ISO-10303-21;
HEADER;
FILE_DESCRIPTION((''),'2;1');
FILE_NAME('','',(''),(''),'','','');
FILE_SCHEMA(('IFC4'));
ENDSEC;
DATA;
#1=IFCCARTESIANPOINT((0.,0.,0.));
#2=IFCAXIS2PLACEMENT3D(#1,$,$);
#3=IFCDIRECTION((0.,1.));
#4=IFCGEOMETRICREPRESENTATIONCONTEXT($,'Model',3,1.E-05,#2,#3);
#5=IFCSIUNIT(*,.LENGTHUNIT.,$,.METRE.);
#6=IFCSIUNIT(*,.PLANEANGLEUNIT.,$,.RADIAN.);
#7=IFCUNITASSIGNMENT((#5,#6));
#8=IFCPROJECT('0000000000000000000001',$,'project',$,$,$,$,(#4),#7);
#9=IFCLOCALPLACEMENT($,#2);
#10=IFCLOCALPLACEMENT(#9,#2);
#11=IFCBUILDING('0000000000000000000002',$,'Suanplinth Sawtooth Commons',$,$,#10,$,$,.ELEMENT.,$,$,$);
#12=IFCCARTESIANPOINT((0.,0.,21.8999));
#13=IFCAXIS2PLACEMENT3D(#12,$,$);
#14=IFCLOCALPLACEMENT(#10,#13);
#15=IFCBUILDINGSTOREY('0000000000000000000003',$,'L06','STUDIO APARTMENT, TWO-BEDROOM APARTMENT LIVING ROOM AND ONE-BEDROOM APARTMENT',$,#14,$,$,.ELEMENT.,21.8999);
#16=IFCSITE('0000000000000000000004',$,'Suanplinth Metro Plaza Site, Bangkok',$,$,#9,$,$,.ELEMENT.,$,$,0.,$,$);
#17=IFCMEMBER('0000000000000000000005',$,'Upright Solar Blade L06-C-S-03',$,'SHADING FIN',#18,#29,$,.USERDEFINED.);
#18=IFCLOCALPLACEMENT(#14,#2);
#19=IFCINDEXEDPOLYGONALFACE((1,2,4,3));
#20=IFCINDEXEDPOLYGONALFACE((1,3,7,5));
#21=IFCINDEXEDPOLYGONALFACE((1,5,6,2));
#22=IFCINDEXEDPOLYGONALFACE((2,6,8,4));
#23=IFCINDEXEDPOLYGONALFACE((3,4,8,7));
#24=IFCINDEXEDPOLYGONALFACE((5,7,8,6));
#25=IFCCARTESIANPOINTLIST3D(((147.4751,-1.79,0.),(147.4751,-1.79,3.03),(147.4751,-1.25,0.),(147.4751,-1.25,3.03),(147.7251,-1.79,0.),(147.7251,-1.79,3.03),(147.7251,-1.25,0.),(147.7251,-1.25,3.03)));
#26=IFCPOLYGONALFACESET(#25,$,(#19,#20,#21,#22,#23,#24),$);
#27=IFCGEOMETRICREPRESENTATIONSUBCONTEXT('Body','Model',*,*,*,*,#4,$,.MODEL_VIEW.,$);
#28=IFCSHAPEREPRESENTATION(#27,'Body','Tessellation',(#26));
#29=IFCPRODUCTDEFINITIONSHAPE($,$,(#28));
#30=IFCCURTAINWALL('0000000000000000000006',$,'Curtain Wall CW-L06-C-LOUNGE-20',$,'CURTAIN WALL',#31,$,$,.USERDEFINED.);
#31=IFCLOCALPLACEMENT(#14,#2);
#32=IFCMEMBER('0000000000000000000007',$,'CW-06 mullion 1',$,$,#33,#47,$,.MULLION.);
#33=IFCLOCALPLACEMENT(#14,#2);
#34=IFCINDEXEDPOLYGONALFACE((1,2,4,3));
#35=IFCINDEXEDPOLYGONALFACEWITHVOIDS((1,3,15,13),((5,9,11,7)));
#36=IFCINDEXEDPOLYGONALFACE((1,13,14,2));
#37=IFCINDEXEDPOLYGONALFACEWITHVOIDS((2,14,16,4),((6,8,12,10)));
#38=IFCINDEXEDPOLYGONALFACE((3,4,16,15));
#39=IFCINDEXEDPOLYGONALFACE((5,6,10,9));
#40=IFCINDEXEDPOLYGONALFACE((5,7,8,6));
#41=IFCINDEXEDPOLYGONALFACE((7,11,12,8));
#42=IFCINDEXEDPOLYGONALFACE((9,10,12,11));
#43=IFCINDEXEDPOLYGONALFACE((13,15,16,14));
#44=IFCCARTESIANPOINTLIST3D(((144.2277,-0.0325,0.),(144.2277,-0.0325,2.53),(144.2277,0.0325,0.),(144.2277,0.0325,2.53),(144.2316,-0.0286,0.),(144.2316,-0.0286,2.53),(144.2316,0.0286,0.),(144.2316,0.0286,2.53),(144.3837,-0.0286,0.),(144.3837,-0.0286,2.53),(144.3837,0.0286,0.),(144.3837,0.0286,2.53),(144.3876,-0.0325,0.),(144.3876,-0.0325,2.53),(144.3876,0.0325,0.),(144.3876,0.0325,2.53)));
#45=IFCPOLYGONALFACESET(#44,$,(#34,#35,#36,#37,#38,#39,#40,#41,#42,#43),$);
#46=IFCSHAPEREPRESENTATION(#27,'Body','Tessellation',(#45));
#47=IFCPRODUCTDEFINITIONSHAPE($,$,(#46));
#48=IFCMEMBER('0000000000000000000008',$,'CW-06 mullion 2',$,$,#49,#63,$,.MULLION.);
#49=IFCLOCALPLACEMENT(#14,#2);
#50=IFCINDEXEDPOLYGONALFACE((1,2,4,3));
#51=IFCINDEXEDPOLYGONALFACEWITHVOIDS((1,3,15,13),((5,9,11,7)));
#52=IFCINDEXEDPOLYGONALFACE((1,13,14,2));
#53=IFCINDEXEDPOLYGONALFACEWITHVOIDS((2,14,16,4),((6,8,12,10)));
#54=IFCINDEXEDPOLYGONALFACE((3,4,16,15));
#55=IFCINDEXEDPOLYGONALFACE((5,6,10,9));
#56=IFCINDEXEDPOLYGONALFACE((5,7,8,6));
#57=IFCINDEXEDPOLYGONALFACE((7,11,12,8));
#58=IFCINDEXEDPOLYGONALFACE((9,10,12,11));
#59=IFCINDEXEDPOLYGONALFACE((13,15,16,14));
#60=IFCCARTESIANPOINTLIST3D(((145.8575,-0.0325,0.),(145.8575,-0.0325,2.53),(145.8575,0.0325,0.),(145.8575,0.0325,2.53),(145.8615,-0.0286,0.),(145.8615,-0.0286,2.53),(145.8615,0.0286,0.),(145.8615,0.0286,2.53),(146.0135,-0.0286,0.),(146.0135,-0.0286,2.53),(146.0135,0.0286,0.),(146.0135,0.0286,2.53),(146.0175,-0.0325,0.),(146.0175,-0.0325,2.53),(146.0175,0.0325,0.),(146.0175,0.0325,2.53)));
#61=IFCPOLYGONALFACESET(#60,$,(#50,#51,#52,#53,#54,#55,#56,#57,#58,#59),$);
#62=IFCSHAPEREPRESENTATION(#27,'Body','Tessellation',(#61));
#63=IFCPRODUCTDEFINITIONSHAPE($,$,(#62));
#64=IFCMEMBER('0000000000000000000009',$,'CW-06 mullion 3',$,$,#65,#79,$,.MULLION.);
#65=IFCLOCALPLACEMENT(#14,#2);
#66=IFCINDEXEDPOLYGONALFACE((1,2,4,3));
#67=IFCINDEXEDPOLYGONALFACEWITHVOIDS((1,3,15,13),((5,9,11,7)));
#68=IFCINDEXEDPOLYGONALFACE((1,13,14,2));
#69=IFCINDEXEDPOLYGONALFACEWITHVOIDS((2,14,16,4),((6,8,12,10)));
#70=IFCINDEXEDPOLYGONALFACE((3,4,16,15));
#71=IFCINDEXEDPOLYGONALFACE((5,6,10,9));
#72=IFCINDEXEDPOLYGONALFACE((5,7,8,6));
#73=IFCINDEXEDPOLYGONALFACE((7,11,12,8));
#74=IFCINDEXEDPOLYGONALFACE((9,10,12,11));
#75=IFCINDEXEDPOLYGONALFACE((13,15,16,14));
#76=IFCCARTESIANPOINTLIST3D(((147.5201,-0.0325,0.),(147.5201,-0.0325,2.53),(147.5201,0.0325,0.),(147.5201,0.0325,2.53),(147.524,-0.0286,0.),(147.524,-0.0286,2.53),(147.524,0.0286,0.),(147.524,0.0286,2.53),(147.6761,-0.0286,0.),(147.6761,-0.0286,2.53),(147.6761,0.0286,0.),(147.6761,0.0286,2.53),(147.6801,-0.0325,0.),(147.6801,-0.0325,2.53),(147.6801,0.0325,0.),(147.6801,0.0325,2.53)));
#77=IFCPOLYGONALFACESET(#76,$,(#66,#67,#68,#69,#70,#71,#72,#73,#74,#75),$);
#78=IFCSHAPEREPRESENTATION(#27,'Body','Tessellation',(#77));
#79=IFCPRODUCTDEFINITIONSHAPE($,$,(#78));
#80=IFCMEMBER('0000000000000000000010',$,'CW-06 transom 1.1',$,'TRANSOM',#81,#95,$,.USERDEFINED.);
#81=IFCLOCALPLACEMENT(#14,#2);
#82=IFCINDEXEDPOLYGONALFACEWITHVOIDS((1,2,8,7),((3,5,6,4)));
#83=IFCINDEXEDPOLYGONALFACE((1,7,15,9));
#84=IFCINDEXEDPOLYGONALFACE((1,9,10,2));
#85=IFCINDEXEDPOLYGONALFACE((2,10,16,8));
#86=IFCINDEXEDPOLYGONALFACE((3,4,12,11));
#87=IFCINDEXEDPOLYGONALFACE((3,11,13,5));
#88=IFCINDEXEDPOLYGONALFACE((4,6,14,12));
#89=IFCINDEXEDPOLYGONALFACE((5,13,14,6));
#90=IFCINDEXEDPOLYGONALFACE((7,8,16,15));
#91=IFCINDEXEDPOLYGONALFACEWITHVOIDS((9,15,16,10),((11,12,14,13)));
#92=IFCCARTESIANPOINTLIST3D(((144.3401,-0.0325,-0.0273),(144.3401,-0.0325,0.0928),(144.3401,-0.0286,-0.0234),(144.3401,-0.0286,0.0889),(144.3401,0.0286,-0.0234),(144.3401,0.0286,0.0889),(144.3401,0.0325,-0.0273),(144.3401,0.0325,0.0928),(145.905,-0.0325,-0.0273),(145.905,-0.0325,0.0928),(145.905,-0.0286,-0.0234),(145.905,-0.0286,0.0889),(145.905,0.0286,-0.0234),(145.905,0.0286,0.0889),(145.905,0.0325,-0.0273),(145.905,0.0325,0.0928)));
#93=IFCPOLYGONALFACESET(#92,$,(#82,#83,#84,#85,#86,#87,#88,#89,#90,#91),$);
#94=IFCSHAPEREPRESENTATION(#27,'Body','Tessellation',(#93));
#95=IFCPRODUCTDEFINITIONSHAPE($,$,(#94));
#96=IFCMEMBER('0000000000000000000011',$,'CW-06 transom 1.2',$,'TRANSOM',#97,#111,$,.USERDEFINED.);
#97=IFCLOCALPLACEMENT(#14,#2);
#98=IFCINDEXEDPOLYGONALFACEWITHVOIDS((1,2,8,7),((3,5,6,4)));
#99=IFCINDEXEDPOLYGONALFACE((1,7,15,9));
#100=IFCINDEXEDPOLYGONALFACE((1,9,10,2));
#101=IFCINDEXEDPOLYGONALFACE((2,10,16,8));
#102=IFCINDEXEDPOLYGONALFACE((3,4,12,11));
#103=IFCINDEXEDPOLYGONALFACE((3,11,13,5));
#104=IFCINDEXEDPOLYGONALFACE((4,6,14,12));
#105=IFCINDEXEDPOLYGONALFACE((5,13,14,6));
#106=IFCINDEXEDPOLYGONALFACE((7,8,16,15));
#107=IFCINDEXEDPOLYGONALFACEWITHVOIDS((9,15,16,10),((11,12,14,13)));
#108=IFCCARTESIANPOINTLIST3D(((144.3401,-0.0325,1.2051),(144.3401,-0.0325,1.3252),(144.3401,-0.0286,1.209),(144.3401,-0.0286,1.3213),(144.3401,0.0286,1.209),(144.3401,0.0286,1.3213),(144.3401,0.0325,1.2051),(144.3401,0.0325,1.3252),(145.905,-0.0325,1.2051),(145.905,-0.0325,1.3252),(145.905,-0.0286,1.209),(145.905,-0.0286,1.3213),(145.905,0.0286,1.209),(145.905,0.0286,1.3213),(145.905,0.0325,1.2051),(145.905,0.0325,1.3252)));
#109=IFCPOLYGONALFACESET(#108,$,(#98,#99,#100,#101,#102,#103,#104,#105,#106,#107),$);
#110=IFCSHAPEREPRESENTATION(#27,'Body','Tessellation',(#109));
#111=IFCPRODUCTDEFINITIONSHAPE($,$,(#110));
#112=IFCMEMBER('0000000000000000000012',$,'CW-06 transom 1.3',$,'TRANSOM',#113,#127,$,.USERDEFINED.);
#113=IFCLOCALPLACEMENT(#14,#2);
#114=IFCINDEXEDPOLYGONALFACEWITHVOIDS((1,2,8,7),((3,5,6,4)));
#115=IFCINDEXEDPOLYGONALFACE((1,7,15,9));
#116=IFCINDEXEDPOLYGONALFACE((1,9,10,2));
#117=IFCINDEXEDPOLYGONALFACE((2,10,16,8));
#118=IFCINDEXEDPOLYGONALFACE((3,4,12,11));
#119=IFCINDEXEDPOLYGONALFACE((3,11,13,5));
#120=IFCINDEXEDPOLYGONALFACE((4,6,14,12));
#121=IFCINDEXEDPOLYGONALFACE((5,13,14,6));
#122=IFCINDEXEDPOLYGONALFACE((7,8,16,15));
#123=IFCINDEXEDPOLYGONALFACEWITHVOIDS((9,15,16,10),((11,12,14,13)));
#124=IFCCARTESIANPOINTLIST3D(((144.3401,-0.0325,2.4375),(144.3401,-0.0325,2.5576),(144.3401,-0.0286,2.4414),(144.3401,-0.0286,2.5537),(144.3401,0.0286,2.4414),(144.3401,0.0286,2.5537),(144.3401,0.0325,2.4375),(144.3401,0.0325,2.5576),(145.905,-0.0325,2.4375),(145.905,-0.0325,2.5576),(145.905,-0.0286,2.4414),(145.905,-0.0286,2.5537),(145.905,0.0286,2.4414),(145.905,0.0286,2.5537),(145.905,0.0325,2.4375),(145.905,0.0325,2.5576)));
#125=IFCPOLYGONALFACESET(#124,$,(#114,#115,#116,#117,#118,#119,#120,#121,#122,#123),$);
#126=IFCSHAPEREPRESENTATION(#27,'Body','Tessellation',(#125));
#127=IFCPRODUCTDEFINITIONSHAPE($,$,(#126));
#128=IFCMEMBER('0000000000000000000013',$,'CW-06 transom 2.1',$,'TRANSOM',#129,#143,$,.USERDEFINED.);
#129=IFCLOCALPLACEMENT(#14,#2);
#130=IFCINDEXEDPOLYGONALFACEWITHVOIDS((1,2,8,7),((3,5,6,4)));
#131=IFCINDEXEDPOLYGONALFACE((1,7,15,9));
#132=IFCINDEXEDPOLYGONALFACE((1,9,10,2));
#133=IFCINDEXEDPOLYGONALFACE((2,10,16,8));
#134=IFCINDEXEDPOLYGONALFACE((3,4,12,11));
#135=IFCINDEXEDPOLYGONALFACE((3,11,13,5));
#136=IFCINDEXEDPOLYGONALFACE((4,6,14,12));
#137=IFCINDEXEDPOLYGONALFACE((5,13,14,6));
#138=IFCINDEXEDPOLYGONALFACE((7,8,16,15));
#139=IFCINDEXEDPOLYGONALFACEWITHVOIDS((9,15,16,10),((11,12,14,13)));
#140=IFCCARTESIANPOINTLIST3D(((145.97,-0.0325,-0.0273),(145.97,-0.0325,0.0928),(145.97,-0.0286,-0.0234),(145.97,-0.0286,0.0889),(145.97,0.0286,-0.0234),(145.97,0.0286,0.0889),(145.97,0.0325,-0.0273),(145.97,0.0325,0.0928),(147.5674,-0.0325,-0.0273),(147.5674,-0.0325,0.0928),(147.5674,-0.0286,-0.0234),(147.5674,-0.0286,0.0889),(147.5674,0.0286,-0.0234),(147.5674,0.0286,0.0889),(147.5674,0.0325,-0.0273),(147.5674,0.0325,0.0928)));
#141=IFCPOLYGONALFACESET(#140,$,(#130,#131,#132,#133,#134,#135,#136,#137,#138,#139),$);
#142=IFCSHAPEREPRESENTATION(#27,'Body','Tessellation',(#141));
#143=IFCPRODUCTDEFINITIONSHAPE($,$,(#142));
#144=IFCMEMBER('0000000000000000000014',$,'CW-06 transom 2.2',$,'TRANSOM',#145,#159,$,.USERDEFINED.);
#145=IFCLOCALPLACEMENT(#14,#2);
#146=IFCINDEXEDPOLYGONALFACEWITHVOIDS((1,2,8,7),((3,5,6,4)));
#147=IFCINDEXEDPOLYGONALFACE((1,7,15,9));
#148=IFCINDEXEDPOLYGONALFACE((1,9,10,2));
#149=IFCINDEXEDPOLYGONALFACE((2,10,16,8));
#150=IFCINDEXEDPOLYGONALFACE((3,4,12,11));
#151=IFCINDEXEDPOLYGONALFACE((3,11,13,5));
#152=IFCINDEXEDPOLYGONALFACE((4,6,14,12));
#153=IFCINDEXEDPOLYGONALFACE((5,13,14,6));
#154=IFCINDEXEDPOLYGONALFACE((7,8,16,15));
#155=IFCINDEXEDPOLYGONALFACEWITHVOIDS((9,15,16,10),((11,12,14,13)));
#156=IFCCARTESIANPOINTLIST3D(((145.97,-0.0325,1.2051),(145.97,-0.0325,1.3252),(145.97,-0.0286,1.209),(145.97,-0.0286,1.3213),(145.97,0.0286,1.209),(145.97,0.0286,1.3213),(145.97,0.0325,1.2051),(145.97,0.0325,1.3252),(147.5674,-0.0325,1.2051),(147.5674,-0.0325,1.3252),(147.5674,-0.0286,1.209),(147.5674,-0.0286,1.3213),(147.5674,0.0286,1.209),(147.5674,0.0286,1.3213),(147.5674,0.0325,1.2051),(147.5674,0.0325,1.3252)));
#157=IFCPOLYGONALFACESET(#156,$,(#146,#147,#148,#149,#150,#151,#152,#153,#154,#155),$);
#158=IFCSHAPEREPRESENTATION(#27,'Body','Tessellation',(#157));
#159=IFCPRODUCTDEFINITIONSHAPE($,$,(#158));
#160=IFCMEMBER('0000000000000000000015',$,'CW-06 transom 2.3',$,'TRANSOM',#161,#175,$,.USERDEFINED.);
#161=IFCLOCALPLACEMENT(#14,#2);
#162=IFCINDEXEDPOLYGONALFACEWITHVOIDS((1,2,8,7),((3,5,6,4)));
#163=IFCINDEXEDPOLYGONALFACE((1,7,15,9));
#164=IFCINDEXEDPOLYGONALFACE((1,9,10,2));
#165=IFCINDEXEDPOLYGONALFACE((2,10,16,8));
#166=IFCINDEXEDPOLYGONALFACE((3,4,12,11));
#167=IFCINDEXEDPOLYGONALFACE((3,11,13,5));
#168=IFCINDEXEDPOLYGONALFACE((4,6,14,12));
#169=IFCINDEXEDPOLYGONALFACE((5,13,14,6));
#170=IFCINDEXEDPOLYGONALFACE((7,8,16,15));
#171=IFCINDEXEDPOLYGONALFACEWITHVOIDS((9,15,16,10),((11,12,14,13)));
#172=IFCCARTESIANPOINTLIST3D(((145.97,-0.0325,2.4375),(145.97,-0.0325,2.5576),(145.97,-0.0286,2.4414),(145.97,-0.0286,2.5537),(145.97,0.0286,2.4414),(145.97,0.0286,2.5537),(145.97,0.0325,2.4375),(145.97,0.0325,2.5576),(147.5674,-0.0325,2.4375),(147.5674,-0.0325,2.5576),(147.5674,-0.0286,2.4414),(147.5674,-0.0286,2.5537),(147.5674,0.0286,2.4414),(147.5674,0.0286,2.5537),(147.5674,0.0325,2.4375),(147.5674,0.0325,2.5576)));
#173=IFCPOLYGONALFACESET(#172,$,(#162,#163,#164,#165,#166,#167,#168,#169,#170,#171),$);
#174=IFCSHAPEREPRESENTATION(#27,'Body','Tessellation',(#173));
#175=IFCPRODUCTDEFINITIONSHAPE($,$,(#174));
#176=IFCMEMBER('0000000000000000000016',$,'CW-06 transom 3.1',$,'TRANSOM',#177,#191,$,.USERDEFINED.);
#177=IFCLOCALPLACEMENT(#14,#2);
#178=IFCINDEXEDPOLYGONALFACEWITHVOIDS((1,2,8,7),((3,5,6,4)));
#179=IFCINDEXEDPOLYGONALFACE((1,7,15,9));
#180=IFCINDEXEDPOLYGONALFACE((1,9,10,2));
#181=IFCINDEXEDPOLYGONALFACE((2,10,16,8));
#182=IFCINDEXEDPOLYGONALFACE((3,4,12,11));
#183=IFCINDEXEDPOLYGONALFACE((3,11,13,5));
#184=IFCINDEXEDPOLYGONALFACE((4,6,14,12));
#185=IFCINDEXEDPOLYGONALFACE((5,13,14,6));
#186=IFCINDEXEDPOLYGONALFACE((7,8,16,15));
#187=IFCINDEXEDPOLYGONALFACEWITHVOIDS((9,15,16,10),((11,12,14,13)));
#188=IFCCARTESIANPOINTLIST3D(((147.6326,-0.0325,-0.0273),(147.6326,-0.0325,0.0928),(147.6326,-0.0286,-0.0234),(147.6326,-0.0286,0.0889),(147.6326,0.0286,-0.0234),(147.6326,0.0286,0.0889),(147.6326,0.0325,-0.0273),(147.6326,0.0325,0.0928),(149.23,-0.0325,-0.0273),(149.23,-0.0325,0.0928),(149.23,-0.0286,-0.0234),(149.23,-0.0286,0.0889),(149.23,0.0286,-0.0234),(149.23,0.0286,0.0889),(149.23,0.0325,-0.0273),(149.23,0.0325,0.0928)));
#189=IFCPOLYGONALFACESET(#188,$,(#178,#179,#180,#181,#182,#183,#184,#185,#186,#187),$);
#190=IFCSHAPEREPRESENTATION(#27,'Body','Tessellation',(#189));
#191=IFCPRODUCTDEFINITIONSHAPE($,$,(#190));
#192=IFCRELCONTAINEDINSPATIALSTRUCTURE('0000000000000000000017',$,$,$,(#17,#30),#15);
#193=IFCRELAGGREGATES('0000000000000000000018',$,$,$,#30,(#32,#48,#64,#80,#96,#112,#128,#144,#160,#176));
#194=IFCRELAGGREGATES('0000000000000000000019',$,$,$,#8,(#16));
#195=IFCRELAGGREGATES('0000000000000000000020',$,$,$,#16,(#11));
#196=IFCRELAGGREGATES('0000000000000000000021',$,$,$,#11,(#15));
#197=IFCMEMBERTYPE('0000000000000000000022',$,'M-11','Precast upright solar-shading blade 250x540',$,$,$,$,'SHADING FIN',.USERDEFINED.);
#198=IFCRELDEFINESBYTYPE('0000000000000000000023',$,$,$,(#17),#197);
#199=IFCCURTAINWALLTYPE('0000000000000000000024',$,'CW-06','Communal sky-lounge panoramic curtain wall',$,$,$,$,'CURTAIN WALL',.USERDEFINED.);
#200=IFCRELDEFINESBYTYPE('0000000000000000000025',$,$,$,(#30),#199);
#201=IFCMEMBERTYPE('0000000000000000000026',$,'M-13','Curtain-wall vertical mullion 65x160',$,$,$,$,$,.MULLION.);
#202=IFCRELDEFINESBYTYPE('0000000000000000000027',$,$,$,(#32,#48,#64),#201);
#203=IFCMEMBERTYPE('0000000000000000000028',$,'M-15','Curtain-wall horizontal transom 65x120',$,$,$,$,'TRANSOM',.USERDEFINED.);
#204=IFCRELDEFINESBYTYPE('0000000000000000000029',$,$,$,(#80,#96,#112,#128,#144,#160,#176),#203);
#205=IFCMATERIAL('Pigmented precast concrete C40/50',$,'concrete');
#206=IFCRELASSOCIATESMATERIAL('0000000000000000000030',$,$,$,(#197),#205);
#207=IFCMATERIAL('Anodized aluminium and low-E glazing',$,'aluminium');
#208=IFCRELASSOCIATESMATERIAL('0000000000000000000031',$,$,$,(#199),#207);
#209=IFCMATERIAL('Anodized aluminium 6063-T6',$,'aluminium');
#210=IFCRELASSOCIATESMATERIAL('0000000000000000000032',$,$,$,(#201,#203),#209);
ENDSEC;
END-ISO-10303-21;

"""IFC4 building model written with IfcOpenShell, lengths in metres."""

from ifc_helpers import new_model, si_unit, direction, frame, origin, origin_2d, place, context, subcontext, project, spatial, rectangle, hollow_rectangle, extrude, material, material_profile, profile_set, type_object, element, aggregate, save


model = new_model("IFC4")

# Units and contexts
model_context = context("Model", 3, precision=1e-05, world=origin(), true_north=direction((0.0, 1.0)))
body_context = subcontext(model_context, "Body", "Model", "MODEL_VIEW")
ifc_project = project(units=[si_unit("LENGTHUNIT", "METRE"), si_unit("PLANEANGLEUNIT", "RADIAN")], contexts=[model_context])

# Site, building, storey
site_placement = place(None, origin())
site = spatial("IfcSite", under=ifc_project, at=site_placement, Name="Suanplinth Metro Plaza Site, Bangkok", CompositionType="ELEMENT", RefElevation=0.0)
building_placement = place(site_placement, origin())
building = spatial("IfcBuilding", under=site, at=building_placement, Name="Suanplinth Sawtooth Commons", CompositionType="ELEMENT")
storey_placement = place(building_placement, frame((0.0, 0.0, 21.8999)))
storey = spatial("IfcBuildingStorey", under=building, at=storey_placement, Name="L06", Description="STUDIO APARTMENT, TWO-BEDROOM APARTMENT LIVING ROOM AND ONE-BEDROOM APARTMENT", CompositionType="ELEMENT", Elevation=21.8999)

# Member
ifc_material_1 = material(Name="Pigmented precast concrete C40/50", Category="concrete")
ifc_material_profile_1 = material_profile(ifc_material_1, rectangle(XDim=0.25, YDim=0.54, at=origin_2d()), Name="PC-FIN 250x540")
ifc_profile_set_1 = profile_set([ifc_material_profile_1], Name="Pigmented precast concrete C40/50")
member_type_1 = type_object("IfcMemberType", Name="M-11", Description="Precast upright solar-shading blade 250x540", ElementType="SHADING FIN", PredefinedType="USERDEFINED", material=ifc_profile_set_1)
member_1_placement = place(storey_placement, frame((147.6001, -1.52, 0.0), z_axis=(0.0, 0.0, 1.0), x_axis=(1.0, 0.0, 0.0)))
element("IfcMember", 1, at=member_1_placement, inside=storey, type_object=member_type_1, Name="Upright Solar Blade L06-C-S-03", ObjectType="SHADING FIN", PredefinedType="USERDEFINED", context=body_context, shape_type="SweptSolid", body=[
    extrude(rectangle(XDim=0.25, YDim=0.54, at=origin_2d()), origin(), (0.0, 0.0, 1.0), 3.03),
])

# Curtain wall, members
ifc_material_2 = material(Name="Anodized aluminium and low-E glazing", Category="aluminium")
curtain_wall_type = type_object("IfcCurtainWallType", Name="CW-06", Description="Communal sky-lounge panoramic curtain wall", ElementType="CURTAIN WALL", PredefinedType="USERDEFINED", material=ifc_material_2)
curtain_wall_placement = place(storey_placement, origin())
curtain_wall = element("IfcCurtainWall", 2, at=curtain_wall_placement, inside=storey, type_object=curtain_wall_type, Name="Curtain Wall CW-L06-C-LOUNGE-20", ObjectType="CURTAIN WALL", PredefinedType="USERDEFINED")
ifc_material_3 = material(Name="Anodized aluminium 6063-T6", Category="aluminium")
ifc_material_profile_2 = material_profile(ifc_material_3, hollow_rectangle(XDim=0.0649, YDim=0.1599, WallThickness=0.0039, at=origin_2d()), Name="ALU-MUL 65x160")
ifc_profile_set_2 = profile_set([ifc_material_profile_2], Name="Anodized aluminium 6063-T6")
member_type_2 = type_object("IfcMemberType", Name="M-13", Description="Curtain-wall vertical mullion 65x160", PredefinedType="MULLION", material=ifc_profile_set_2)
member_2_placement = place(storey_placement, frame((144.3076, 0.0, 0.0), z_axis=(0.0, 0.0, 1.0), x_axis=(0.0, 1.0, 0.0)))
member_2 = element("IfcMember", 3, at=member_2_placement, type_object=member_type_2, Name="CW-06 mullion 1", PredefinedType="MULLION", context=body_context, shape_type="SweptSolid", body=[
    extrude(hollow_rectangle(XDim=0.0649, YDim=0.1599, WallThickness=0.0039, at=origin_2d()), origin(), (0.0, 0.0, 1.0), 2.53),
])
member_3_placement = place(storey_placement, frame((145.9375, 0.0, 0.0), z_axis=(0.0, 0.0, 1.0), x_axis=(0.0, 1.0, 0.0)))
member_3 = element("IfcMember", 4, at=member_3_placement, type_object=member_type_2, Name="CW-06 mullion 2", PredefinedType="MULLION", context=body_context, shape_type="SweptSolid", body=[
    extrude(hollow_rectangle(XDim=0.0649, YDim=0.1599, WallThickness=0.0039, at=origin_2d()), origin(), (0.0, 0.0, 1.0), 2.53),
])
member_4_placement = place(storey_placement, frame((147.6001, 0.0, 0.0), z_axis=(0.0, 0.0, 1.0), x_axis=(0.0, 1.0, 0.0)))
member_4 = element("IfcMember", 5, at=member_4_placement, type_object=member_type_2, Name="CW-06 mullion 3", PredefinedType="MULLION", context=body_context, shape_type="SweptSolid", body=[
    extrude(hollow_rectangle(XDim=0.0649, YDim=0.1599, WallThickness=0.0039, at=origin_2d()), origin(), (0.0, 0.0, 1.0), 2.53),
])
ifc_material_profile_3 = material_profile(ifc_material_3, hollow_rectangle(XDim=0.0649, YDim=0.1201, WallThickness=0.0039, at=origin_2d()), Name="ALU-TRN 65x120")
ifc_profile_set_3 = profile_set([ifc_material_profile_3], Name="Anodized aluminium 6063-T6")
member_type_3 = type_object("IfcMemberType", Name="M-15", Description="Curtain-wall horizontal transom 65x120", ElementType="TRANSOM", PredefinedType="USERDEFINED", material=ifc_profile_set_3)
member_5_placement = place(storey_placement, frame((144.3401, 0.0, 0.0327), z_axis=(1.0, 0.0, 0.0), x_axis=(0.0, 1.0, 0.0)))
member_5 = element("IfcMember", 6, at=member_5_placement, type_object=member_type_3, Name="CW-06 transom 1.1", ObjectType="TRANSOM", PredefinedType="USERDEFINED", context=body_context, shape_type="SweptSolid", body=[
    extrude(hollow_rectangle(XDim=0.0649, YDim=0.1201, WallThickness=0.0039, at=origin_2d()), origin(), (0.0, 0.0, 1.0), 1.5649),
])
member_6_placement = place(storey_placement, frame((144.3401, 0.0, 1.2651), z_axis=(1.0, 0.0, 0.0), x_axis=(0.0, 1.0, 0.0)))
member_6 = element("IfcMember", 7, at=member_6_placement, type_object=member_type_3, Name="CW-06 transom 1.2", ObjectType="TRANSOM", PredefinedType="USERDEFINED", context=body_context, shape_type="SweptSolid", body=[
    extrude(hollow_rectangle(XDim=0.0649, YDim=0.1201, WallThickness=0.0039, at=origin_2d()), origin(), (0.0, 0.0, 1.0), 1.5649),
])
member_7_placement = place(storey_placement, frame((144.3401, 0.0, 2.4976), z_axis=(1.0, 0.0, 0.0), x_axis=(0.0, 1.0, 0.0)))
member_7 = element("IfcMember", 8, at=member_7_placement, type_object=member_type_3, Name="CW-06 transom 1.3", ObjectType="TRANSOM", PredefinedType="USERDEFINED", context=body_context, shape_type="SweptSolid", body=[
    extrude(hollow_rectangle(XDim=0.0649, YDim=0.1201, WallThickness=0.0039, at=origin_2d()), origin(), (0.0, 0.0, 1.0), 1.5649),
])
member_8_placement = place(storey_placement, frame((145.97, 0.0, 0.0327), z_axis=(1.0, 0.0, 0.0), x_axis=(0.0, 1.0, 0.0)))
member_8 = element("IfcMember", 9, at=member_8_placement, type_object=member_type_3, Name="CW-06 transom 2.1", ObjectType="TRANSOM", PredefinedType="USERDEFINED", context=body_context, shape_type="SweptSolid", body=[
    extrude(hollow_rectangle(XDim=0.0649, YDim=0.1201, WallThickness=0.0039, at=origin_2d()), origin(), (0.0, 0.0, 1.0), 1.5974),
])
member_9_placement = place(storey_placement, frame((145.97, 0.0, 1.2651), z_axis=(1.0, 0.0, 0.0), x_axis=(0.0, 1.0, 0.0)))
member_9 = element("IfcMember", 10, at=member_9_placement, type_object=member_type_3, Name="CW-06 transom 2.2", ObjectType="TRANSOM", PredefinedType="USERDEFINED", context=body_context, shape_type="SweptSolid", body=[
    extrude(hollow_rectangle(XDim=0.0649, YDim=0.1201, WallThickness=0.0039, at=origin_2d()), origin(), (0.0, 0.0, 1.0), 1.5974),
])
member_10_placement = place(storey_placement, frame((145.97, 0.0, 2.4976), z_axis=(1.0, 0.0, 0.0), x_axis=(0.0, 1.0, 0.0)))
member_10 = element("IfcMember", 11, at=member_10_placement, type_object=member_type_3, Name="CW-06 transom 2.3", ObjectType="TRANSOM", PredefinedType="USERDEFINED", context=body_context, shape_type="SweptSolid", body=[
    extrude(hollow_rectangle(XDim=0.0649, YDim=0.1201, WallThickness=0.0039, at=origin_2d()), origin(), (0.0, 0.0, 1.0), 1.5974),
])
member_11_placement = place(storey_placement, frame((147.6326, 0.0, 0.0327), z_axis=(1.0, 0.0, 0.0), x_axis=(0.0, 1.0, 0.0)))
member_11 = element("IfcMember", 12, at=member_11_placement, type_object=member_type_3, Name="CW-06 transom 3.1", ObjectType="TRANSOM", PredefinedType="USERDEFINED", context=body_context, shape_type="SweptSolid", body=[
    extrude(hollow_rectangle(XDim=0.0649, YDim=0.1201, WallThickness=0.0039, at=origin_2d()), origin(), (0.0, 0.0, 1.0), 1.5974),
])
aggregate(curtain_wall, [member_2, member_3, member_4, member_5, member_6, member_7, member_8, member_9, member_10, member_11])

save(model, "model.ifc")
